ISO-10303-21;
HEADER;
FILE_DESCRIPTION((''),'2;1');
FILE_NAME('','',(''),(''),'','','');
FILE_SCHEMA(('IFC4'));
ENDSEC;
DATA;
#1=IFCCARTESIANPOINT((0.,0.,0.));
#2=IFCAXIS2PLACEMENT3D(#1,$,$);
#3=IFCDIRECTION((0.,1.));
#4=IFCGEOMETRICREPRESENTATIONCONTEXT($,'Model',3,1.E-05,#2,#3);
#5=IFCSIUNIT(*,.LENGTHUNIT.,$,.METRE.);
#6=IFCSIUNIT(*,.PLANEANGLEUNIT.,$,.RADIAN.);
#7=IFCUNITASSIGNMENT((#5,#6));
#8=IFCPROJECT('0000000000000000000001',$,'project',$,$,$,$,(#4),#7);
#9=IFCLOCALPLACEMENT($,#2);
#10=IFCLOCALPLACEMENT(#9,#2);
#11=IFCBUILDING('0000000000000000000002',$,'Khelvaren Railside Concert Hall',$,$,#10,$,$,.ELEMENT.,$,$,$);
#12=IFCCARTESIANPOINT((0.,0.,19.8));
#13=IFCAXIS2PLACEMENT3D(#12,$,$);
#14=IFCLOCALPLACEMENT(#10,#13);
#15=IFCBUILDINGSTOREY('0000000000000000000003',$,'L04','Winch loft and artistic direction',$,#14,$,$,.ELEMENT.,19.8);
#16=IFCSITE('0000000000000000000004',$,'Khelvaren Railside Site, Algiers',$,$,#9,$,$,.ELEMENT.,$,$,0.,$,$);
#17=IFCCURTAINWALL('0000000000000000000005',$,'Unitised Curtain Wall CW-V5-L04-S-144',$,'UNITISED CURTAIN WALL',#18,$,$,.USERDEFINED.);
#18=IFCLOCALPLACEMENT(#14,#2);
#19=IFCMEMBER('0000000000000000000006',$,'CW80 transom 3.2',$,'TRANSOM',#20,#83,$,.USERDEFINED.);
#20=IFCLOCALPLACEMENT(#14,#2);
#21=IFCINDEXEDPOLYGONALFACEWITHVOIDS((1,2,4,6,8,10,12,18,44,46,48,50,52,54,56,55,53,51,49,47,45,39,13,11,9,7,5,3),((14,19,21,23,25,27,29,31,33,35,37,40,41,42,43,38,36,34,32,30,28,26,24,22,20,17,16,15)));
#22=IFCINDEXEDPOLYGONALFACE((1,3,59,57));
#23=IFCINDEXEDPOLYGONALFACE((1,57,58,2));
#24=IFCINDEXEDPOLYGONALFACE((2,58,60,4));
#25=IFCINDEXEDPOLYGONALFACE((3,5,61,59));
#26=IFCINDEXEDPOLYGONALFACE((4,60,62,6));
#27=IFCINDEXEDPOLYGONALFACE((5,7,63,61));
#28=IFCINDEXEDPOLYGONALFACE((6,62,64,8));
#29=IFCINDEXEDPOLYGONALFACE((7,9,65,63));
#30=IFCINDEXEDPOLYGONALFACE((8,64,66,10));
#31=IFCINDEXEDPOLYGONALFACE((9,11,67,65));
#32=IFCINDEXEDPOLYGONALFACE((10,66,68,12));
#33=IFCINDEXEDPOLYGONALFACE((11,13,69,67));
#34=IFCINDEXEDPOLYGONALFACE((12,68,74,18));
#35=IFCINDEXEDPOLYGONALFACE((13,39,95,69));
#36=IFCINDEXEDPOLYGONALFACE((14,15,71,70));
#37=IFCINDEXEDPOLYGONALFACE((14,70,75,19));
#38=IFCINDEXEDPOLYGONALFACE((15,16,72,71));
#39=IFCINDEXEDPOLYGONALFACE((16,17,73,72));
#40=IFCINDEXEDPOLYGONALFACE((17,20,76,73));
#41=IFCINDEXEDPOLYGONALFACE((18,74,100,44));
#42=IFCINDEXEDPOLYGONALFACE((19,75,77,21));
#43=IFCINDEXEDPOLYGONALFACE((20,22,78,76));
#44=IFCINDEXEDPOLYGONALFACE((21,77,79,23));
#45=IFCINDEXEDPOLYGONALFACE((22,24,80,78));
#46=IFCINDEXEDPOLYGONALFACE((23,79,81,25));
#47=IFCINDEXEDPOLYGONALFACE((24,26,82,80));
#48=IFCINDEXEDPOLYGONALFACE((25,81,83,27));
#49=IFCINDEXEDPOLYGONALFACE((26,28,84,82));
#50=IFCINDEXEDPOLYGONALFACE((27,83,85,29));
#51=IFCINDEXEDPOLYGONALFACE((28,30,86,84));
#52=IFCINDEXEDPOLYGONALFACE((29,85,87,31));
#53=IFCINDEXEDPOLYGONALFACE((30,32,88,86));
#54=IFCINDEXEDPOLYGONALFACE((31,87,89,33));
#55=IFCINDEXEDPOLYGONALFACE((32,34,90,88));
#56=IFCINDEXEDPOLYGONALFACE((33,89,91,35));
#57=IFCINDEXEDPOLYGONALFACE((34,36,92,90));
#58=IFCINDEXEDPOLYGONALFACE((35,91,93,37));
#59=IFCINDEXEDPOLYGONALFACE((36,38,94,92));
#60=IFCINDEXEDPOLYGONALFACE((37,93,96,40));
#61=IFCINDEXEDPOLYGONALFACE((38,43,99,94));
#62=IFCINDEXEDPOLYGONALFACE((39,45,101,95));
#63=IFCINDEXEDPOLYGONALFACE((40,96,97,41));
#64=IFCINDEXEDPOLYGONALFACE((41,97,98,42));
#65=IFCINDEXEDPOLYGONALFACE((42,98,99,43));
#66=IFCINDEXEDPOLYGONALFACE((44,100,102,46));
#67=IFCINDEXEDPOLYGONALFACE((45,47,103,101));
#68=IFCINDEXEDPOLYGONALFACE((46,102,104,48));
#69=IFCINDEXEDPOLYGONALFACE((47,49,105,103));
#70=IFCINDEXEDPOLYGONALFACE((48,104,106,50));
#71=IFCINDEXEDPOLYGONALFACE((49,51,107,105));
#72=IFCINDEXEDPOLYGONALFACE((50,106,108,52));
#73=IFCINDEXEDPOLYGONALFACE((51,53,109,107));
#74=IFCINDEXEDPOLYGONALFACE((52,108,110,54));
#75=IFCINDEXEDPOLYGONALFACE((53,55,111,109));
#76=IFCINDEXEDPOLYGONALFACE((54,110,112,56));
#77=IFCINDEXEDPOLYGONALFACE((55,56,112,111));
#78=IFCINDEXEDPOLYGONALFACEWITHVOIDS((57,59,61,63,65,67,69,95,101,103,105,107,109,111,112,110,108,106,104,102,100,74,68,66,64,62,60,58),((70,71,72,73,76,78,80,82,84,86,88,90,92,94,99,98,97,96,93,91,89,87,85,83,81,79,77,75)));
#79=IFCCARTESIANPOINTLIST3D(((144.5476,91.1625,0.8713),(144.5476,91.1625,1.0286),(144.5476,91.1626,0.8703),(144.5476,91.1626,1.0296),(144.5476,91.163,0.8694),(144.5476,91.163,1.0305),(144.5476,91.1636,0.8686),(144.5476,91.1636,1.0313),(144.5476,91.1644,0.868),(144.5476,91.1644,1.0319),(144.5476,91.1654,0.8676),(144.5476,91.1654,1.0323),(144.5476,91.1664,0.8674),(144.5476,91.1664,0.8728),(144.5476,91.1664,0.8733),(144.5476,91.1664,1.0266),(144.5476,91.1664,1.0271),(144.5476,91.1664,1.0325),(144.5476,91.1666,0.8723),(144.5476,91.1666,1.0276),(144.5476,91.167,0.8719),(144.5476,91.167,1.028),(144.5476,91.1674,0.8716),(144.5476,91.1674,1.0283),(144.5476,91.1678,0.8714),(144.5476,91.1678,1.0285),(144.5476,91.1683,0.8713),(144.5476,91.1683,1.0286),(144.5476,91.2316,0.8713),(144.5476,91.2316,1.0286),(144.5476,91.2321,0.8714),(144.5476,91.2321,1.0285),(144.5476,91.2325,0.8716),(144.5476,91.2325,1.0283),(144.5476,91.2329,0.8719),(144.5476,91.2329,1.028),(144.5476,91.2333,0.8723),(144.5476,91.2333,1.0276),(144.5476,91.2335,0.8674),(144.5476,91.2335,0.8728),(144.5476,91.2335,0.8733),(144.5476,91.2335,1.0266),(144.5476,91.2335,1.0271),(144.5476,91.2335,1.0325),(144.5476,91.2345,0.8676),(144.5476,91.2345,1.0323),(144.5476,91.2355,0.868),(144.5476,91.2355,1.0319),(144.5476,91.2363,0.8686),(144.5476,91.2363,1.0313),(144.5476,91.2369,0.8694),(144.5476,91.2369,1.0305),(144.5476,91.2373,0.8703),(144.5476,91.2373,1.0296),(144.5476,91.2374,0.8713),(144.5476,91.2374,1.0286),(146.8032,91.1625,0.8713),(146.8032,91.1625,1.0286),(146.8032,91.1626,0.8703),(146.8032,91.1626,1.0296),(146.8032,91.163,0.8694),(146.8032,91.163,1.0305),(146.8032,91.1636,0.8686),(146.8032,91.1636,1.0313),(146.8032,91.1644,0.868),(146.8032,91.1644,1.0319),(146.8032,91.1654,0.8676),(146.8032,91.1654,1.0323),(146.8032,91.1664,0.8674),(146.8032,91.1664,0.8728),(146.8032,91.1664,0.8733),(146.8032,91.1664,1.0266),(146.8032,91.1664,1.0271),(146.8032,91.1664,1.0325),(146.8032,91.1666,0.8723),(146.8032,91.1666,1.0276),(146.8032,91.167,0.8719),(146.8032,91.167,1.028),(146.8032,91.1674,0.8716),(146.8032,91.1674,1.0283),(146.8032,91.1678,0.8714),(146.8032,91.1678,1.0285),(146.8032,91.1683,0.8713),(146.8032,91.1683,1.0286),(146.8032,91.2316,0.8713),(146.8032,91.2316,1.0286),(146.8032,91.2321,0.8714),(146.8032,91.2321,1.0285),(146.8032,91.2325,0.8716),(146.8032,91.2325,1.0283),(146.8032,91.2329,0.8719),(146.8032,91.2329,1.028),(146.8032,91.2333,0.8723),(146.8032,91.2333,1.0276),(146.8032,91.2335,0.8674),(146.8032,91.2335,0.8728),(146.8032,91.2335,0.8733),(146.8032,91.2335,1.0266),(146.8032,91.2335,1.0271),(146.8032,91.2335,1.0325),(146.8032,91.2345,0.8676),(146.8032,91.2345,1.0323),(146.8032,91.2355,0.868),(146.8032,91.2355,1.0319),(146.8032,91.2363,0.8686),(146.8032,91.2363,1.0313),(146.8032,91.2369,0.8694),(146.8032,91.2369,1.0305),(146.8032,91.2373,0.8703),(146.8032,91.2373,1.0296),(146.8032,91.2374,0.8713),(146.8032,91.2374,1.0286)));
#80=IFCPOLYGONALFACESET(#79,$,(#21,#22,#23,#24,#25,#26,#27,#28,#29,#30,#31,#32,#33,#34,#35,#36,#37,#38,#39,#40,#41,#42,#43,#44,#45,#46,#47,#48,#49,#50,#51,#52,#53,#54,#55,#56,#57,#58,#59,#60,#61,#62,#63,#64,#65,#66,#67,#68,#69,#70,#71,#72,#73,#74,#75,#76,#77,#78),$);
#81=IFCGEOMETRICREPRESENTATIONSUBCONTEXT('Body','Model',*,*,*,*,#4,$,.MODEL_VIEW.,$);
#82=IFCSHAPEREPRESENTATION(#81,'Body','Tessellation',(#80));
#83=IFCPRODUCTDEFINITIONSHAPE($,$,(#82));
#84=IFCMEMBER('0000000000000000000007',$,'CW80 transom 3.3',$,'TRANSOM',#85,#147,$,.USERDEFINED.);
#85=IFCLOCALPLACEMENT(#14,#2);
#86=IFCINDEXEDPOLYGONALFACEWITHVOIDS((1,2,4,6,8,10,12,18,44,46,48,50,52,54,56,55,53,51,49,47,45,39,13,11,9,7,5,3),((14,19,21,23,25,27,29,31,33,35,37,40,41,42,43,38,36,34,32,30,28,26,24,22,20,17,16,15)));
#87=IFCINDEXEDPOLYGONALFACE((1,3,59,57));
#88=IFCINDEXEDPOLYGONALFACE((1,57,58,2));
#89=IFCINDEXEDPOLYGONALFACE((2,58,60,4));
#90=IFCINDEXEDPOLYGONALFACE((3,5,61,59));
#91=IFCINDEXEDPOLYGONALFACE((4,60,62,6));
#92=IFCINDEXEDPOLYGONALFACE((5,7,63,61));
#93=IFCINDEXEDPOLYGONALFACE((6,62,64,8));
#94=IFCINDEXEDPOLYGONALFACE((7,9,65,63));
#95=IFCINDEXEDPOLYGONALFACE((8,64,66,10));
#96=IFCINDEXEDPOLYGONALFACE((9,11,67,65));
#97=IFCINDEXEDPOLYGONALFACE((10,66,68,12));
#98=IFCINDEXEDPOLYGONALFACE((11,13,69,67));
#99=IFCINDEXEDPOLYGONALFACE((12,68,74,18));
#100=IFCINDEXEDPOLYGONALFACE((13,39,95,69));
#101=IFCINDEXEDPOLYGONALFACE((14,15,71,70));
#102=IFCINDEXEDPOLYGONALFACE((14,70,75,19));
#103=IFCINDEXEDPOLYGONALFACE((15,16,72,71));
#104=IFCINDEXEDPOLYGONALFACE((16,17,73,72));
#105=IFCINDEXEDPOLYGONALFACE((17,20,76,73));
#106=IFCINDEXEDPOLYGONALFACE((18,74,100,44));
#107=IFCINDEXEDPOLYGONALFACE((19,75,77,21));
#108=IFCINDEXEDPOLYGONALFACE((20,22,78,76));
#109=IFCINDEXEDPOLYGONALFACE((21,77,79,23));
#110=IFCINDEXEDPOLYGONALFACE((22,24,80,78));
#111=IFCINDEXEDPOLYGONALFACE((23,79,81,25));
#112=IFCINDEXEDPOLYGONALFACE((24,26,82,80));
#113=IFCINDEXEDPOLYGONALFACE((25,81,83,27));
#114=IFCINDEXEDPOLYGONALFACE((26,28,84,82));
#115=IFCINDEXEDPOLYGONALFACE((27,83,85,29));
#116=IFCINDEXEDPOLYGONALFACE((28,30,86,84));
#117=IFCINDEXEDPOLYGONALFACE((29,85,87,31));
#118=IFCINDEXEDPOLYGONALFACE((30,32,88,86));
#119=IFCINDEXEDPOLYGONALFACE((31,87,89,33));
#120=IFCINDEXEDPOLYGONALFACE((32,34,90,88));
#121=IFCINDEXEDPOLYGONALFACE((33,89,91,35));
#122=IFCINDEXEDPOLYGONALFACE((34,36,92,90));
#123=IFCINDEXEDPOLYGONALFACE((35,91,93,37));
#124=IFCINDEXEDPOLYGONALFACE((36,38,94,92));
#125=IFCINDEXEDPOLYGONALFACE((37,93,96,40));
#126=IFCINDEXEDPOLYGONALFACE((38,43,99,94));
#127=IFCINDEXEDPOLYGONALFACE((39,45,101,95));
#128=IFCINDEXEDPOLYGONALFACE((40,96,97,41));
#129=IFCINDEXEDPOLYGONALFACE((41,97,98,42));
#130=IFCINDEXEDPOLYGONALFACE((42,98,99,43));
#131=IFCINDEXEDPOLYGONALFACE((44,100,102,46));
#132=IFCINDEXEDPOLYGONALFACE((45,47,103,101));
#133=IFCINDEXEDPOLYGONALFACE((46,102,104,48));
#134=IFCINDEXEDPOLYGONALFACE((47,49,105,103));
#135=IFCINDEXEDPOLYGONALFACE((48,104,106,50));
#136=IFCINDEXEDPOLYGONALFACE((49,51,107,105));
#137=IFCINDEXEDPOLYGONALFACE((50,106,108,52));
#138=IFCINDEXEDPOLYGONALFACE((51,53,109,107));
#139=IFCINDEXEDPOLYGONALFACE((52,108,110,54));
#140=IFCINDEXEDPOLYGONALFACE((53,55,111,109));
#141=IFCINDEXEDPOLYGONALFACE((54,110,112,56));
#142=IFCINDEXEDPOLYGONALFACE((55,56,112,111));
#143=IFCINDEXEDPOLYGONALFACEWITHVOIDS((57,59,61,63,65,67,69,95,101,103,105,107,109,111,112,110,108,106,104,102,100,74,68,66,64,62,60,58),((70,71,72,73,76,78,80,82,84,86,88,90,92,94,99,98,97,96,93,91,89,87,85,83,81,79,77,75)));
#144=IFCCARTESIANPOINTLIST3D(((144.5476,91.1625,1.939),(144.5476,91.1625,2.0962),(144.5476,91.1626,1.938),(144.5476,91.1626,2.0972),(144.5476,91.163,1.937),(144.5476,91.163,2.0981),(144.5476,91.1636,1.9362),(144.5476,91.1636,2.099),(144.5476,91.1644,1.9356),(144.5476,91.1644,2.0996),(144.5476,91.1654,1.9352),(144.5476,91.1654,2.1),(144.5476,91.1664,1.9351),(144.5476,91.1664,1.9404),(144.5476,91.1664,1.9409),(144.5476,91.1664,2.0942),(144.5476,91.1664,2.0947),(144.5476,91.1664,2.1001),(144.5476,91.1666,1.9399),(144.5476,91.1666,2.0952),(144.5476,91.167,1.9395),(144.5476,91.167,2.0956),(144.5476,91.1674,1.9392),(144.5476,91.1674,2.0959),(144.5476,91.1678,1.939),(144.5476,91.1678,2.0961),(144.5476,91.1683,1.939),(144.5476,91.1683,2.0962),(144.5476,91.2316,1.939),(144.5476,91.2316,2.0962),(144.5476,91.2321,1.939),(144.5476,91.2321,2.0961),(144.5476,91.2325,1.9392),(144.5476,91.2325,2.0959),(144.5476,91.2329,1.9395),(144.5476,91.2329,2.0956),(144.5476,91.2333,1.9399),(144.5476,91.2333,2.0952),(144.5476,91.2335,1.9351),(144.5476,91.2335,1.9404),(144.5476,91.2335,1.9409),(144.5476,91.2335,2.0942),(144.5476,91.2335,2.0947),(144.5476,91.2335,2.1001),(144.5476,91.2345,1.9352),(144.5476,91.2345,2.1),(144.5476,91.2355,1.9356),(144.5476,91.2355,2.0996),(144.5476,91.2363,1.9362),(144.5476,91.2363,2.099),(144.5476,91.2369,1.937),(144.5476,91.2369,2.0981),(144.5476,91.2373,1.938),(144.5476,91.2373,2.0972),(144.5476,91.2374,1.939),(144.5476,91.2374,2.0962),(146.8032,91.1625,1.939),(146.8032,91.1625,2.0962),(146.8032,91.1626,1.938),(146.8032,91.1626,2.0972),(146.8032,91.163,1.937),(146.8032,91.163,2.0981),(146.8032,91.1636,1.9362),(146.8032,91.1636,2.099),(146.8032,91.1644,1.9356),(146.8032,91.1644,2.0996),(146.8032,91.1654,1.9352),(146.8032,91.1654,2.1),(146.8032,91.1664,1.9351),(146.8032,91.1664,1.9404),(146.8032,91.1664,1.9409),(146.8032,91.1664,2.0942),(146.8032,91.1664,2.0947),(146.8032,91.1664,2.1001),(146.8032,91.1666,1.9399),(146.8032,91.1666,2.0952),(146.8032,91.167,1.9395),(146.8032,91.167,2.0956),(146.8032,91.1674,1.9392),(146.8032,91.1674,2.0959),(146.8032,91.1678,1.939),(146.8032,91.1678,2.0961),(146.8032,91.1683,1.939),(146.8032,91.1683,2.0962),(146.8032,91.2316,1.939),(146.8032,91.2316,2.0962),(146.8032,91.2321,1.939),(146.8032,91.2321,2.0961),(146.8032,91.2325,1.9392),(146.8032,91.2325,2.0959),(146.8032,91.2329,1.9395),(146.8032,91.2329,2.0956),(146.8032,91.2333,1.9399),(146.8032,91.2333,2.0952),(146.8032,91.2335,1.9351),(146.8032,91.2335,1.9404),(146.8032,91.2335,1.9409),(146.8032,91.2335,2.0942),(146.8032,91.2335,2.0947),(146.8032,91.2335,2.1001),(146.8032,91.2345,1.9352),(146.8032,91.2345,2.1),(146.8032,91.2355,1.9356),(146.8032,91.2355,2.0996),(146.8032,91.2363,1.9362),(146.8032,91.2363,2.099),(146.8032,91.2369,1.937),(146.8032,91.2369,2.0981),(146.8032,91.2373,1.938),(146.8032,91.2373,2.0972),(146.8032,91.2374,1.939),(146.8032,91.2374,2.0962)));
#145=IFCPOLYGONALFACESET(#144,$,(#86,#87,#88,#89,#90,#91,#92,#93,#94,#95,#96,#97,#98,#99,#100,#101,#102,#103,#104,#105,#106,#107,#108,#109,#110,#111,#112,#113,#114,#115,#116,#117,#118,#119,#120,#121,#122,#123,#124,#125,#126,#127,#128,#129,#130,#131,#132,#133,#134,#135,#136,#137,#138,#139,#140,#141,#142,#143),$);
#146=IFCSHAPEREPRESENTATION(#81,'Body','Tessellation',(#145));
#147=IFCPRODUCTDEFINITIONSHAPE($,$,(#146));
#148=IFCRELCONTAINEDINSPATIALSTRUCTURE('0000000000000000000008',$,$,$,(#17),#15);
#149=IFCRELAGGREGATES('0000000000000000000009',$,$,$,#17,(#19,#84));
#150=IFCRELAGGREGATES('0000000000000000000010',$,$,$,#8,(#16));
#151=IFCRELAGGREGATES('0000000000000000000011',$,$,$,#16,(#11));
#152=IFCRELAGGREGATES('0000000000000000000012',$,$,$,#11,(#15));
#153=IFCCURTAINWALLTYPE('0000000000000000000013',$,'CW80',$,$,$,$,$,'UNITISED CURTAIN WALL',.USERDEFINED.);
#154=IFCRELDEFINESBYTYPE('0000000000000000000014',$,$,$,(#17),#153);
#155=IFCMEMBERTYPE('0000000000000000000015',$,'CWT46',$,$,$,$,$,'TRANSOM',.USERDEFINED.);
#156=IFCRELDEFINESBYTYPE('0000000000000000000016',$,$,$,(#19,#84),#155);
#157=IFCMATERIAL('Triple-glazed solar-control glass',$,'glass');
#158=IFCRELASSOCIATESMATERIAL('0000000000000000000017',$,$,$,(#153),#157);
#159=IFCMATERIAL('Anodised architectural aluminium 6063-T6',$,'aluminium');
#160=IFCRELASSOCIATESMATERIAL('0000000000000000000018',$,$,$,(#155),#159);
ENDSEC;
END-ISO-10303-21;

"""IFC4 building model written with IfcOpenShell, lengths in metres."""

from ifc_helpers import new_model, si_unit, direction, frame, origin, origin_2d, place, context, subcontext, project, spatial, hollow_rectangle, extrude, material, material_profile, profile_set, type_object, element, aggregate, save


model = new_model("IFC4")

# Units and contexts
model_context = context("Model", 3, precision=1e-05, world=origin(), true_north=direction((0.0, 1.0)))
body_context = subcontext(model_context, "Body", "Model", "MODEL_VIEW")
ifc_project = project(units=[si_unit("LENGTHUNIT", "METRE"), si_unit("PLANEANGLEUNIT", "RADIAN")], contexts=[model_context])

# Site, building, storey
site_placement = place(None, origin())
site = spatial("IfcSite", under=ifc_project, at=site_placement, Name="Khelvaren Railside Site, Algiers", CompositionType="ELEMENT", RefElevation=0.0)
building_placement = place(site_placement, origin())
building = spatial("IfcBuilding", under=site, at=building_placement, Name="Khelvaren Railside Concert Hall", CompositionType="ELEMENT")
storey_placement = place(building_placement, frame((0.0, 0.0, 19.8)))
storey = spatial("IfcBuildingStorey", under=building, at=storey_placement, Name="L04", Description="Winch loft and artistic direction", CompositionType="ELEMENT", Elevation=19.8)

# Curtain wall
ifc_material_1 = material(Name="Triple-glazed solar-control glass", Category="glass")
ifc_material_2 = material(Name="Anodised architectural aluminium 6063-T6", Category="aluminium")
curtain_wall_type_1 = type_object("IfcCurtainWallType", Name="CW80", ElementType="UNITISED CURTAIN WALL", PredefinedType="USERDEFINED", material=ifc_material_1)
curtain_wall_1_placement = place(storey_placement, origin())
curtain_wall_1 = element("IfcCurtainWall", 1, at=curtain_wall_1_placement, inside=storey, type_object=curtain_wall_type_1, Name="Unitised Curtain Wall CW-V5-L04-S-144", ObjectType="UNITISED CURTAIN WALL", PredefinedType="USERDEFINED")

# Members
ifc_material_profile_1 = material_profile(ifc_material_2, hollow_rectangle(XDim=0.075, YDim=0.165, WallThickness=0.0039, InnerFilletRadius=0.002, OuterFilletRadius=0.0039, at=origin_2d()), Name="CWT 75x165x4")
ifc_profile_set_1 = profile_set([ifc_material_profile_1], Name="Anodised architectural aluminium 6063-T6")
member_type_1 = type_object("IfcMemberType", Name="CWT46", ElementType="TRANSOM", PredefinedType="USERDEFINED", material=ifc_profile_set_1)
member_1_placement = place(storey_placement, frame((146.8032, 91.2, 0.95), z_axis=(-1.0, 0.0, 0.0), x_axis=(0.0, -1.0, 0.0)))
member_1 = element("IfcMember", 2, at=member_1_placement, type_object=member_type_1, Name="CW80 transom 3.2", ObjectType="TRANSOM", PredefinedType="USERDEFINED", context=body_context, shape_type="SweptSolid", body=[
    extrude(hollow_rectangle(XDim=0.075, YDim=0.165, WallThickness=0.0039, InnerFilletRadius=0.002, OuterFilletRadius=0.0039, at=origin_2d()), origin(), (0.0, 0.0, 1.0), 2.2556),
])
member_2_placement = place(storey_placement, frame((146.8032, 91.2, 2.0176), z_axis=(-1.0, 0.0, 0.0), x_axis=(0.0, -1.0, 0.0)))
member_2 = element("IfcMember", 3, at=member_2_placement, type_object=member_type_1, Name="CW80 transom 3.3", ObjectType="TRANSOM", PredefinedType="USERDEFINED", context=body_context, shape_type="SweptSolid", body=[
    extrude(hollow_rectangle(XDim=0.075, YDim=0.165, WallThickness=0.0039, InnerFilletRadius=0.002, OuterFilletRadius=0.0039, at=origin_2d()), origin(), (0.0, 0.0, 1.0), 2.2556),
])

aggregate(curtain_wall_1, [member_1, member_2])

save(model, "model.ifc")
